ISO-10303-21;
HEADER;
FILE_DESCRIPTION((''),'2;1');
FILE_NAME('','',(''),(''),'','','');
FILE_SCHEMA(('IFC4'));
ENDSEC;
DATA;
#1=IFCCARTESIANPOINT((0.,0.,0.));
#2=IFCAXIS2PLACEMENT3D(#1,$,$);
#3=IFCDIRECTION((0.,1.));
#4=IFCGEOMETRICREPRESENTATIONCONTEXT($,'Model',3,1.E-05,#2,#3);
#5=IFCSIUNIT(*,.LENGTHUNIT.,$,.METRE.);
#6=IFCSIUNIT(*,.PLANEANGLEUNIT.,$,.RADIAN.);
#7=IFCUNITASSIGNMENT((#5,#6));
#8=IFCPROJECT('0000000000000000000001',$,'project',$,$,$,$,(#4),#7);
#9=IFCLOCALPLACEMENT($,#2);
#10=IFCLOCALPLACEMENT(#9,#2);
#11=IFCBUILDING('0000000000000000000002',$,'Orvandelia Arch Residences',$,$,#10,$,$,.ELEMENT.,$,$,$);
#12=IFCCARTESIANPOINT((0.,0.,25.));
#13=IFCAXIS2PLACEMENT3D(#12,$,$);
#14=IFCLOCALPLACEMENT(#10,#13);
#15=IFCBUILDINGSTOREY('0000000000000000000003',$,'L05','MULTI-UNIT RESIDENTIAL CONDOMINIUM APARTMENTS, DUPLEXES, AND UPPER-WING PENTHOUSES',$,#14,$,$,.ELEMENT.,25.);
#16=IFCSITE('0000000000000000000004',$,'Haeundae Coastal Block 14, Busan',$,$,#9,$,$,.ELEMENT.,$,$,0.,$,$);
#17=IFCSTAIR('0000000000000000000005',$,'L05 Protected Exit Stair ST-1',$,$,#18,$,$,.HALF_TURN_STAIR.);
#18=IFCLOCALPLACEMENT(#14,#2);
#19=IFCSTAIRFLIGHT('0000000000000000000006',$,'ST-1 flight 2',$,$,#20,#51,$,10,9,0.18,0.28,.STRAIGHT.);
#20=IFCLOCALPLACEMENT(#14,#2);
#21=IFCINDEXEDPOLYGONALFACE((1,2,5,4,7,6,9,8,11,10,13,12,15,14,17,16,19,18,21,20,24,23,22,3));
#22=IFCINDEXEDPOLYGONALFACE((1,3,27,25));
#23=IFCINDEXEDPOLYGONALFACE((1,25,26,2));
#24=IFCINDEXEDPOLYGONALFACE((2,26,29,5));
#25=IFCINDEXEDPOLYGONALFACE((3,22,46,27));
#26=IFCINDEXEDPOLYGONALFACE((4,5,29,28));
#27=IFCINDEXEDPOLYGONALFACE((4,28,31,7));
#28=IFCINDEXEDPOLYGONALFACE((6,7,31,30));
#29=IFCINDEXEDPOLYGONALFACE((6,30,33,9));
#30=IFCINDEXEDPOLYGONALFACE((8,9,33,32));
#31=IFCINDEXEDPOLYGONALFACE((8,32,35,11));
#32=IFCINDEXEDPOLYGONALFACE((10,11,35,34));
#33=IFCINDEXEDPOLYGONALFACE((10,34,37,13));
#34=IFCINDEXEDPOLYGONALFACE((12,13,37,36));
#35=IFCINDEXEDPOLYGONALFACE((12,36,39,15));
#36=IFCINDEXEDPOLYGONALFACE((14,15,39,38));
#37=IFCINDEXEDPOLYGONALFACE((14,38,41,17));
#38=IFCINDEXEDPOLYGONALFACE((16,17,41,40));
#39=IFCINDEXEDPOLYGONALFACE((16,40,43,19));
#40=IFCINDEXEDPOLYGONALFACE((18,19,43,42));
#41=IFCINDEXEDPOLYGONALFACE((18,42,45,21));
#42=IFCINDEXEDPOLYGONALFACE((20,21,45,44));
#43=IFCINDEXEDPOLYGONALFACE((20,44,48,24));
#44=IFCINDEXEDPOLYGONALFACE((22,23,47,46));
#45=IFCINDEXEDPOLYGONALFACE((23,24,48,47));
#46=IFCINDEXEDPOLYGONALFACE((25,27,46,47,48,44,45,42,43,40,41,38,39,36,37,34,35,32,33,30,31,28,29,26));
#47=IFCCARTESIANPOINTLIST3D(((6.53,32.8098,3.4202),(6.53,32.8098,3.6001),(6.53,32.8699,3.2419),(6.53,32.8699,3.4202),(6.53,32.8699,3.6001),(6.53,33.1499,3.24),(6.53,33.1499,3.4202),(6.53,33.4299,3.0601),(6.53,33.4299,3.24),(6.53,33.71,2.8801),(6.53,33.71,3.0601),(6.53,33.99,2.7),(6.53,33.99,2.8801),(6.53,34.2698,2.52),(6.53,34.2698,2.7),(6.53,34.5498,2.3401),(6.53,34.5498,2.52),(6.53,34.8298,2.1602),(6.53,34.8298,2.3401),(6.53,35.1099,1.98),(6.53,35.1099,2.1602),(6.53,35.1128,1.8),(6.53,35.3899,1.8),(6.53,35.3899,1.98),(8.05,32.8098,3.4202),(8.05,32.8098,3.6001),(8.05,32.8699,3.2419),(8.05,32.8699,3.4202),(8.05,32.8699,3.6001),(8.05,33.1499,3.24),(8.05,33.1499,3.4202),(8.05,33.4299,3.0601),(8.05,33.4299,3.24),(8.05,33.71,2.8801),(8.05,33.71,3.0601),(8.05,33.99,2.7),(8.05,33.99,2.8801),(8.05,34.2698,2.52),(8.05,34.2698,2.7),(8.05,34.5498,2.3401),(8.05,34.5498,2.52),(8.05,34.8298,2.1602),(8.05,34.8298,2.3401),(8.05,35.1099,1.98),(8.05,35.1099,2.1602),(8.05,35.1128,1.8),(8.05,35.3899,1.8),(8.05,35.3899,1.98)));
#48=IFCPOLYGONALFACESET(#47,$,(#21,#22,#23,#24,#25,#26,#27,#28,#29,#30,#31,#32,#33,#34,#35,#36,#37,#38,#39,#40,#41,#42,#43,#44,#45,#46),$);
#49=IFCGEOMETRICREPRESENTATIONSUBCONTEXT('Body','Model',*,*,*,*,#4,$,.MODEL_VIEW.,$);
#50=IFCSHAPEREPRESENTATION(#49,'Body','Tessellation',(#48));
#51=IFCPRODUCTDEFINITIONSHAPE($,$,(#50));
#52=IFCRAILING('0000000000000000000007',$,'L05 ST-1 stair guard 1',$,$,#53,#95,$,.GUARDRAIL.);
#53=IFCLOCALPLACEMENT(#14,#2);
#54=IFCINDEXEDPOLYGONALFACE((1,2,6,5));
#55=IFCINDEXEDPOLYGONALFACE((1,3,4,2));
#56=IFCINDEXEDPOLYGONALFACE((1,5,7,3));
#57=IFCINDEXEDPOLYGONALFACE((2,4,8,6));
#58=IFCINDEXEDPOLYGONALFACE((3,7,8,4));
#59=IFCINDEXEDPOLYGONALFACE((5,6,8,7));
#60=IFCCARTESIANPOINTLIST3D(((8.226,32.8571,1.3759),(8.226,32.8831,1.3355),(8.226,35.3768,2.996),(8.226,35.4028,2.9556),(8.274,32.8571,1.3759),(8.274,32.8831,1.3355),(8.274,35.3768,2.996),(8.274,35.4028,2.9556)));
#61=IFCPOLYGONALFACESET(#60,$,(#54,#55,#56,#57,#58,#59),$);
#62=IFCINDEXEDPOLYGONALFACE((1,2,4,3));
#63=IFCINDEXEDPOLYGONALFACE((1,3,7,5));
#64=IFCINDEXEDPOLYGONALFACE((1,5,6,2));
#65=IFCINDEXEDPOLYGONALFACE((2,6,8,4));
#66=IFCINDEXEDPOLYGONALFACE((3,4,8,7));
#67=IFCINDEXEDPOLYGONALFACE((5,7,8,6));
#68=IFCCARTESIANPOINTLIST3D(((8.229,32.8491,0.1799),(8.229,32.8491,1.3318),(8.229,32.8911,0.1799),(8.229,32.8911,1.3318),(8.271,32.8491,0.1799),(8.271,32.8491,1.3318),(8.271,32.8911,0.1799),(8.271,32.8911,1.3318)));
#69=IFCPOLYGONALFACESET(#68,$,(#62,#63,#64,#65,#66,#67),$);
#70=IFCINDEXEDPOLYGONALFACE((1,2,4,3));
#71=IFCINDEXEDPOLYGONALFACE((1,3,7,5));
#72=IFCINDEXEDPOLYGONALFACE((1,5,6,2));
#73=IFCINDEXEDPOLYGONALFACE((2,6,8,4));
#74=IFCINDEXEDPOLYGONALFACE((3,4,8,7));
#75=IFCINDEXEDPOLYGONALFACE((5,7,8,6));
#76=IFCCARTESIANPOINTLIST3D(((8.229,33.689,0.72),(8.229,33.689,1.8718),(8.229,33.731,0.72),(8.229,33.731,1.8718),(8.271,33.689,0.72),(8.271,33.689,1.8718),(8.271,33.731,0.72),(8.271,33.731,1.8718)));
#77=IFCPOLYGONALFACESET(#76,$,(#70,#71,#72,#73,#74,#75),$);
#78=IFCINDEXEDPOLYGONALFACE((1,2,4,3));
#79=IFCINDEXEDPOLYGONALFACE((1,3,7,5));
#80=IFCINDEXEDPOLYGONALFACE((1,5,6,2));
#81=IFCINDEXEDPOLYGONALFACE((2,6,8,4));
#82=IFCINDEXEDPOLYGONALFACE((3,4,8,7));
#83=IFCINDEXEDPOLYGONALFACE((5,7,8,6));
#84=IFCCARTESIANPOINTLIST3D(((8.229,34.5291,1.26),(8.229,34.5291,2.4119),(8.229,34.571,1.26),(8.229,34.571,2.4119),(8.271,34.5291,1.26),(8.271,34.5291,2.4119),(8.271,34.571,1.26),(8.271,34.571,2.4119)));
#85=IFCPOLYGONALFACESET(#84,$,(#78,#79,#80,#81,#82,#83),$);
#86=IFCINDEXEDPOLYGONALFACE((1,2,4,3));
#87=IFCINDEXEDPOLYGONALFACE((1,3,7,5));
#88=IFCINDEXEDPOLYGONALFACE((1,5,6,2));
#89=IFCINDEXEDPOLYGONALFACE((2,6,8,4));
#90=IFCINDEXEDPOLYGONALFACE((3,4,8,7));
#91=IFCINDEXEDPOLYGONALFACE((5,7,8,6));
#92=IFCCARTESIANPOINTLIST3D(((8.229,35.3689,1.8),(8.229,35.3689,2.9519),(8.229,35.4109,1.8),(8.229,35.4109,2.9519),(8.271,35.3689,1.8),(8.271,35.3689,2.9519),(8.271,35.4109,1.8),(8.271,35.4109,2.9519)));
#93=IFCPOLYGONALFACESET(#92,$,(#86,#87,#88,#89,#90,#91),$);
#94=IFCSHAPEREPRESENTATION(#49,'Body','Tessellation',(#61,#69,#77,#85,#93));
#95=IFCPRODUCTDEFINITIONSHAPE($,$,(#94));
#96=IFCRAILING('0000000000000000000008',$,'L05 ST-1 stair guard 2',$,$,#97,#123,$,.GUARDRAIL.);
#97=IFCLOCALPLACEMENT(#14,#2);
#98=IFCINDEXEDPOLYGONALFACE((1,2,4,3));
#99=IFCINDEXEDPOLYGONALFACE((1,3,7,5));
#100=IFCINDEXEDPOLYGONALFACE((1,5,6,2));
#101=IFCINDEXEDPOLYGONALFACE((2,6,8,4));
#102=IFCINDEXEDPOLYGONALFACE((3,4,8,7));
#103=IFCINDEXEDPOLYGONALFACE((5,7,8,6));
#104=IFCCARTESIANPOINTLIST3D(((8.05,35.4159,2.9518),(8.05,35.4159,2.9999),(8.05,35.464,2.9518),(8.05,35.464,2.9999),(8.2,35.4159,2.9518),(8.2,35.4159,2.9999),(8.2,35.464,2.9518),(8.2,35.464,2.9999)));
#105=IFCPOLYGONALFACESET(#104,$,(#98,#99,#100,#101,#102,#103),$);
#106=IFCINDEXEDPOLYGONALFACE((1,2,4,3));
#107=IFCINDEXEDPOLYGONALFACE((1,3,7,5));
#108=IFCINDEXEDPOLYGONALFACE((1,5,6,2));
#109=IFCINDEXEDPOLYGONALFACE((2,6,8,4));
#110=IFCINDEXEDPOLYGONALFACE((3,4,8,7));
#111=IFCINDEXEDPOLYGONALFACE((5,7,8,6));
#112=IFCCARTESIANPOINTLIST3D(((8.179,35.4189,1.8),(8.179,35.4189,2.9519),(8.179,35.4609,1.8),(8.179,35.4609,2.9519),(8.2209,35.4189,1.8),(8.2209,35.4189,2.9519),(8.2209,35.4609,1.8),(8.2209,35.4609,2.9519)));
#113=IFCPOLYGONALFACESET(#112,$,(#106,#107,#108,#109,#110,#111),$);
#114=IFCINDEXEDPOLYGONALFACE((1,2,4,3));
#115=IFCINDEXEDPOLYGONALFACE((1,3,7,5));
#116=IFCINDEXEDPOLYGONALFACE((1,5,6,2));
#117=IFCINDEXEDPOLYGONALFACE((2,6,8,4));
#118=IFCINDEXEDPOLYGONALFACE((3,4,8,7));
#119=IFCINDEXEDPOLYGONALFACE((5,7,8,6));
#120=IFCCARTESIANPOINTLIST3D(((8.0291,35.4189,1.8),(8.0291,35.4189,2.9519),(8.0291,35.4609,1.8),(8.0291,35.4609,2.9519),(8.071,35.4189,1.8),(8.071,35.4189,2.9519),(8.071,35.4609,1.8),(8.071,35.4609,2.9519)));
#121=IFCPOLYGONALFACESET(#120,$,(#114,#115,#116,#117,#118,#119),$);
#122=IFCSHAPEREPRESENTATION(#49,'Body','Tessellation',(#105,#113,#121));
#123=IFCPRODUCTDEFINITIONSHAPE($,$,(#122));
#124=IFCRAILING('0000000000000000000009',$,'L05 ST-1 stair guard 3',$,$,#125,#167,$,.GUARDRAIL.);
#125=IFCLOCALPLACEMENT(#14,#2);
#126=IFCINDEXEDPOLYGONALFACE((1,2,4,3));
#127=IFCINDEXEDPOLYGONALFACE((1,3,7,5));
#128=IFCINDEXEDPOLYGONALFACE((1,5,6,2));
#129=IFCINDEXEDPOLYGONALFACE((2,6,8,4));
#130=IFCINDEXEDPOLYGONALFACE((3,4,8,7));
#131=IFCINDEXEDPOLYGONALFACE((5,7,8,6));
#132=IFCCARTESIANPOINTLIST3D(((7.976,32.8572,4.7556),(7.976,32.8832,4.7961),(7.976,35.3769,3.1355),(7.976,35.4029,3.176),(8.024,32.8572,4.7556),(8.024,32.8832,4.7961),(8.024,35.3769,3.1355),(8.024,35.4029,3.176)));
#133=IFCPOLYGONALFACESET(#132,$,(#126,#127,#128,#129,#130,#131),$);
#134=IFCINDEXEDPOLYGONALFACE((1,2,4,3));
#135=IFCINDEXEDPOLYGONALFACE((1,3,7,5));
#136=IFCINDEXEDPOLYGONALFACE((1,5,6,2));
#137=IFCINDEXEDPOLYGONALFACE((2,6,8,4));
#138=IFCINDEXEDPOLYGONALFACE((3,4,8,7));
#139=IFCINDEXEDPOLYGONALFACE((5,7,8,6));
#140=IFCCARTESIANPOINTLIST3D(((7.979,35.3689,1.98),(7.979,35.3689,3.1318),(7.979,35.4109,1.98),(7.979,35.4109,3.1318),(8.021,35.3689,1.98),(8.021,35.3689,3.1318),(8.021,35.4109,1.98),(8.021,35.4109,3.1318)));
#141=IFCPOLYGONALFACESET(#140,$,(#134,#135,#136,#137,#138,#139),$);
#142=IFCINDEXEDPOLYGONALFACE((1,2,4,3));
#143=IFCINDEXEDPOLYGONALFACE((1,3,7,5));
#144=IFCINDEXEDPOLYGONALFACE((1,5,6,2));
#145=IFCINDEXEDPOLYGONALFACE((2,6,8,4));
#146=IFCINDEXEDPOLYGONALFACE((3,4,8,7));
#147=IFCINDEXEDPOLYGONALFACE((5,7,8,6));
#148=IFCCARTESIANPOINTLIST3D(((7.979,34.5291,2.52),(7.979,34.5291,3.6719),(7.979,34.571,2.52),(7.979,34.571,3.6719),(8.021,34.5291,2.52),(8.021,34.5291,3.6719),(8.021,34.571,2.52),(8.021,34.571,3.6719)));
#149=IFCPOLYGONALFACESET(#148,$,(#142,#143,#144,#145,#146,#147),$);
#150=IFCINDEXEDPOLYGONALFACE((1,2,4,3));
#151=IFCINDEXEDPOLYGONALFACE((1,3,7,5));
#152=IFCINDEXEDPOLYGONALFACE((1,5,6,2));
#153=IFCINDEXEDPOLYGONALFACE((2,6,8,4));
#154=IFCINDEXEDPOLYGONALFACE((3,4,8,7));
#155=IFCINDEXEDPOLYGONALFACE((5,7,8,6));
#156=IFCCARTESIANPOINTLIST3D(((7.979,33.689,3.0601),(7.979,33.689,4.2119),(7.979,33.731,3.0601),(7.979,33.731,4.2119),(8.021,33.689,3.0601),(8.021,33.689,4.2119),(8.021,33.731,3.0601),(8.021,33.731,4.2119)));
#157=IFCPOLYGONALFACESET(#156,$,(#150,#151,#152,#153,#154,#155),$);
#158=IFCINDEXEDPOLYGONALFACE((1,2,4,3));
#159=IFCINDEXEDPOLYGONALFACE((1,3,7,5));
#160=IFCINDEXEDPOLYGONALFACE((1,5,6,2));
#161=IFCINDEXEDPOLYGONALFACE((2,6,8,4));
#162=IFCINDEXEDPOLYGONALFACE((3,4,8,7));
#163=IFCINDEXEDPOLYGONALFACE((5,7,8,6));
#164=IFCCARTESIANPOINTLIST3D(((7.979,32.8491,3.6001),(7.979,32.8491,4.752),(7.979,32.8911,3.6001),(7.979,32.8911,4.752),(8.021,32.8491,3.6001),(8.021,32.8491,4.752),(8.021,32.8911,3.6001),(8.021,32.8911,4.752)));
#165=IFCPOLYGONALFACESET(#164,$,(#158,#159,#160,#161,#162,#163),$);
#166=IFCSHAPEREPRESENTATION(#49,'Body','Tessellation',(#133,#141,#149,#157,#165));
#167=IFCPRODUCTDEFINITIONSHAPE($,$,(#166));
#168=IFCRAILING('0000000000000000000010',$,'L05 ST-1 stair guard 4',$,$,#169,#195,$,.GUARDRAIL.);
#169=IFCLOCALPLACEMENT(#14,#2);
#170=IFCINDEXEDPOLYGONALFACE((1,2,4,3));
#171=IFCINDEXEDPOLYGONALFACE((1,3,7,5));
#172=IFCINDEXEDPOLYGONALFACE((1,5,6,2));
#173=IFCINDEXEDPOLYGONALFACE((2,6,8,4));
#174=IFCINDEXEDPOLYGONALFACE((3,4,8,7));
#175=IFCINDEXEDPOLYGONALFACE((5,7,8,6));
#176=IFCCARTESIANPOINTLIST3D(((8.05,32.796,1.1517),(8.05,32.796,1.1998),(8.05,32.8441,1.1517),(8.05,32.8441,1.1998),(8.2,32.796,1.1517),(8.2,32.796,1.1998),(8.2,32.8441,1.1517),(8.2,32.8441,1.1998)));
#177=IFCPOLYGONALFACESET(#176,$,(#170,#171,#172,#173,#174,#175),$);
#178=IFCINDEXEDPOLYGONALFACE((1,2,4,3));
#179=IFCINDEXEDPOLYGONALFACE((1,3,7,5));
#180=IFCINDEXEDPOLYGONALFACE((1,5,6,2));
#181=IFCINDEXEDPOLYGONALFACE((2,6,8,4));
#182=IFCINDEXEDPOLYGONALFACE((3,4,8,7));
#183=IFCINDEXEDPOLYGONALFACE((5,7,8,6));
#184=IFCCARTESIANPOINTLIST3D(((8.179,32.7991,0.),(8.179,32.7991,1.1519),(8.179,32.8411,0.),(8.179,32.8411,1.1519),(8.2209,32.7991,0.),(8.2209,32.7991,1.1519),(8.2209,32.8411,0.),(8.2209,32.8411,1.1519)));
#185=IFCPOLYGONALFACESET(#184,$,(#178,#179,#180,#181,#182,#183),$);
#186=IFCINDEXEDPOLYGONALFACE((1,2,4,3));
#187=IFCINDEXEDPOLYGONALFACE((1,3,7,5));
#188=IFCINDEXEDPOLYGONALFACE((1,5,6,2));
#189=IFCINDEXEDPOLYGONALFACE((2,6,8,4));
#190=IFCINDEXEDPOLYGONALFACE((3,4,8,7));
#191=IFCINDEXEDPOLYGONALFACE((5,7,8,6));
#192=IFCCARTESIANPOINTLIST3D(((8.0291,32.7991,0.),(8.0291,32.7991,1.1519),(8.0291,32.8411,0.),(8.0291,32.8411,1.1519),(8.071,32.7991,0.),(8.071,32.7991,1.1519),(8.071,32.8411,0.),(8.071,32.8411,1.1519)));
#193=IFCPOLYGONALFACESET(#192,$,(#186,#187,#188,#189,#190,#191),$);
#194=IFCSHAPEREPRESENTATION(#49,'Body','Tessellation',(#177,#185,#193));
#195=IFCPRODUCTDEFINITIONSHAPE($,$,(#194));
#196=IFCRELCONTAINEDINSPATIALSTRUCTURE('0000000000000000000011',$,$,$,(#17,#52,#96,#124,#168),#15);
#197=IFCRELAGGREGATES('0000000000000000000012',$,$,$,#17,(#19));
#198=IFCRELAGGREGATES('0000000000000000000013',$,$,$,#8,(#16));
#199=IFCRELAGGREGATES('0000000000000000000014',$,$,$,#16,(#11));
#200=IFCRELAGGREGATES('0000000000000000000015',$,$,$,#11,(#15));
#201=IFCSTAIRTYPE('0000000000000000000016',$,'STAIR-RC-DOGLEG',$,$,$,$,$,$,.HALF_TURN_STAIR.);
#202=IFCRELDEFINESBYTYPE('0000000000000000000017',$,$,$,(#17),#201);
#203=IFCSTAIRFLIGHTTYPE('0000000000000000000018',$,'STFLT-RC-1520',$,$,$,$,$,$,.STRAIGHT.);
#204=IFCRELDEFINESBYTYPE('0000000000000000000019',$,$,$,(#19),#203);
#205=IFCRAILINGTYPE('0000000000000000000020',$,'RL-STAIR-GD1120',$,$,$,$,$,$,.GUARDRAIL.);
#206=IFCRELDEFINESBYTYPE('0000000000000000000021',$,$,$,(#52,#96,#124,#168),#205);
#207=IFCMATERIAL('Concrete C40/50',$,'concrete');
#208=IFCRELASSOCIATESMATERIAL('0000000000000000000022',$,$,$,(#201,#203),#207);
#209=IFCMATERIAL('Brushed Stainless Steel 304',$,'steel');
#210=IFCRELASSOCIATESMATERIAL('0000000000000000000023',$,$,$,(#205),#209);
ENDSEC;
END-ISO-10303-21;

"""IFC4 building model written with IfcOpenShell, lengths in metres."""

from ifc_helpers import new_model, si_unit, direction, frame, origin, origin_2d, place, context, subcontext, project, spatial, polyline, rectangle, outline, extrude, material, type_object, element, aggregate, save


model = new_model("IFC4")

# Units and contexts
model_context = context("Model", 3, precision=1e-05, world=origin(), true_north=direction((0.0, 1.0)))
body_context = subcontext(model_context, "Body", "Model", "MODEL_VIEW")
ifc_project = project(units=[si_unit("LENGTHUNIT", "METRE"), si_unit("PLANEANGLEUNIT", "RADIAN")], contexts=[model_context])

# Site, building, storey
site_placement = place(None, origin())
site = spatial("IfcSite", under=ifc_project, at=site_placement, Name="Haeundae Coastal Block 14, Busan", CompositionType="ELEMENT", RefElevation=0.0)
building_placement = place(site_placement, origin())
building = spatial("IfcBuilding", under=site, at=building_placement, Name="Orvandelia Arch Residences", CompositionType="ELEMENT")
storey_placement = place(building_placement, frame((0.0, 0.0, 25.0)))
storey = spatial("IfcBuildingStorey", under=building, at=storey_placement, Name="L05", Description="MULTI-UNIT RESIDENTIAL CONDOMINIUM APARTMENTS, DUPLEXES, AND UPPER-WING PENTHOUSES", CompositionType="ELEMENT", Elevation=25.0)

# Stair, stair flight
ifc_material_1 = material(Name="Concrete C40/50", Category="concrete")
stair_type = type_object("IfcStairType", Name="STAIR-RC-DOGLEG", PredefinedType="HALF_TURN_STAIR", material=ifc_material_1)
stair_placement = place(storey_placement, origin())
stair = element("IfcStair", 1, at=stair_placement, inside=storey, type_object=stair_type, Name="L05 Protected Exit Stair ST-1", PredefinedType="HALF_TURN_STAIR")
stair_flight_type = type_object("IfcStairFlightType", Name="STFLT-RC-1520", PredefinedType="STRAIGHT", material=ifc_material_1)
stair_flight_1_placement = place(storey_placement, frame((7.29, 35.3899, 1.8), z_axis=(0.0, 0.0, 1.0), x_axis=(0.0, -1.0, 0.0)))
stair_flight_1 = element("IfcStairFlight", 2, at=stair_flight_1_placement, type_object=stair_flight_type, Name="ST-1 flight 2", NumberOfRisers=10, NumberOfTreads=9, PredefinedType="STRAIGHT", RiserHeight=0.18, TreadLength=0.28, context=body_context, shape_type="SweptSolid", body=[
    extrude(outline(polyline([(0.0, 0.0), (0.0, 0.1799), (0.28, 0.1799), (0.28, 0.3601), (0.5601, 0.3601), (0.5601, 0.54), (0.8401, 0.54), (0.8401, 0.72), (1.1201, 0.72), (1.1201, 0.8999), (1.3999, 0.8999), (1.3999, 1.0801), (1.6799, 1.0801), (1.6799, 1.26), (1.96, 1.26), (1.96, 1.4399), (2.24, 1.4399), (2.24, 1.6201), (2.52, 1.6201), (2.52, 1.8), (2.5801, 1.8), (2.5801, 1.6201), (2.52, 1.4419), (0.2771, 0.0), (0.0, 0.0)])), frame((0.0, 0.76, 0.0), z_axis=(0.0, -1.0, 0.0), x_axis=(1.0, 0.0, 0.0)), (0.0, 0.0, 1.0), 1.52),
])
aggregate(stair, [stair_flight_1])

# Railings
ifc_material_2 = material(Name="Brushed Stainless Steel 304", Category="steel")
railing_type_1 = type_object("IfcRailingType", Name="RL-STAIR-GD1120", PredefinedType="GUARDRAIL", material=ifc_material_2)
railing_1_placement = place(storey_placement, frame((8.25, 32.8701, 0.1799)))
element("IfcRailing", 3, at=railing_1_placement, inside=storey, type_object=railing_type_1, Name="L05 ST-1 stair guard 1", PredefinedType="GUARDRAIL", context=body_context, shape_type="SweptSolid", body=[
    extrude(rectangle(XDim=0.0481, YDim=0.0481, at=origin_2d()), frame((0.0, 0.0, 1.1758), z_axis=(0.0, 0.841139, 0.540819), x_axis=(-1.0, 0.0, 0.0)), (0.0, 0.0, 1.0), 2.9956),
    extrude(rectangle(XDim=0.042, YDim=0.042, at=origin_2d()), origin(), (0.0, 0.0, 1.0), 1.1519),
    extrude(rectangle(XDim=0.042, YDim=0.042, at=origin_2d()), frame((0.0, 0.8398, 0.54)), (0.0, 0.0, 1.0), 1.1519),
    extrude(rectangle(XDim=0.042, YDim=0.042, at=origin_2d()), frame((0.0, 1.6799, 1.0801)), (0.0, 0.0, 1.0), 1.1519),
    extrude(rectangle(XDim=0.042, YDim=0.042, at=origin_2d()), frame((0.0, 2.5198, 1.6201)), (0.0, 0.0, 1.0), 1.1519),
])
railing_2_placement = place(storey_placement, frame((8.2, 35.4399, 1.8)))
element("IfcRailing", 4, at=railing_2_placement, inside=storey, type_object=railing_type_1, Name="L05 ST-1 stair guard 2", PredefinedType="GUARDRAIL", context=body_context, shape_type="SweptSolid", body=[
    extrude(rectangle(XDim=0.0481, YDim=0.0481, at=origin_2d()), frame((0.0, 0.0, 1.1758), z_axis=(-1.0, 0.0, 0.0), x_axis=(0.0, -1.0, 0.0)), (0.0, 0.0, 1.0), 0.1499),
    extrude(rectangle(XDim=0.042, YDim=0.042, at=origin_2d()), origin(), (0.0, 0.0, 1.0), 1.1519),
    extrude(rectangle(XDim=0.042, YDim=0.042, at=origin_2d()), frame((-0.1499, 0.0, 0.0)), (0.0, 0.0, 1.0), 1.1519),
])
railing_3_placement = place(storey_placement, frame((8.0, 35.3899, 1.98)))
element("IfcRailing", 5, at=railing_3_placement, inside=storey, type_object=railing_type_1, Name="L05 ST-1 stair guard 3", PredefinedType="GUARDRAIL", context=body_context, shape_type="SweptSolid", body=[
    extrude(rectangle(XDim=0.0481, YDim=0.0481, at=origin_2d()), frame((0.0, 0.0, 1.1758), z_axis=(0.0, -0.841139, 0.540819), x_axis=(1.0, 0.0, 0.0)), (0.0, 0.0, 1.0), 2.9956),
    extrude(rectangle(XDim=0.042, YDim=0.042, at=origin_2d()), origin(), (0.0, 0.0, 1.0), 1.1519),
    extrude(rectangle(XDim=0.042, YDim=0.042, at=origin_2d()), frame((0.0, -0.8398, 0.54)), (0.0, 0.0, 1.0), 1.1519),
    extrude(rectangle(XDim=0.042, YDim=0.042, at=origin_2d()), frame((0.0, -1.6799, 1.0801)), (0.0, 0.0, 1.0), 1.1519),
    extrude(rectangle(XDim=0.042, YDim=0.042, at=origin_2d()), frame((0.0, -2.5198, 1.6201)), (0.0, 0.0, 1.0), 1.1519),
])
railing_4_placement = place(storey_placement, frame((8.2, 32.8201, 0.0)))
element("IfcRailing", 6, at=railing_4_placement, inside=storey, type_object=railing_type_1, Name="L05 ST-1 stair guard 4", PredefinedType="GUARDRAIL", context=body_context, shape_type="SweptSolid", body=[
    extrude(rectangle(XDim=0.0481, YDim=0.0481, at=origin_2d()), frame((0.0, 0.0, 1.1758), z_axis=(-1.0, 0.0, 0.0), x_axis=(0.0, -1.0, 0.0)), (0.0, 0.0, 1.0), 0.1499),
    extrude(rectangle(XDim=0.042, YDim=0.042, at=origin_2d()), origin(), (0.0, 0.0, 1.0), 1.1519),
    extrude(rectangle(XDim=0.042, YDim=0.042, at=origin_2d()), frame((-0.1499, 0.0, 0.0)), (0.0, 0.0, 1.0), 1.1519),
])

save(model, "model.ifc")
